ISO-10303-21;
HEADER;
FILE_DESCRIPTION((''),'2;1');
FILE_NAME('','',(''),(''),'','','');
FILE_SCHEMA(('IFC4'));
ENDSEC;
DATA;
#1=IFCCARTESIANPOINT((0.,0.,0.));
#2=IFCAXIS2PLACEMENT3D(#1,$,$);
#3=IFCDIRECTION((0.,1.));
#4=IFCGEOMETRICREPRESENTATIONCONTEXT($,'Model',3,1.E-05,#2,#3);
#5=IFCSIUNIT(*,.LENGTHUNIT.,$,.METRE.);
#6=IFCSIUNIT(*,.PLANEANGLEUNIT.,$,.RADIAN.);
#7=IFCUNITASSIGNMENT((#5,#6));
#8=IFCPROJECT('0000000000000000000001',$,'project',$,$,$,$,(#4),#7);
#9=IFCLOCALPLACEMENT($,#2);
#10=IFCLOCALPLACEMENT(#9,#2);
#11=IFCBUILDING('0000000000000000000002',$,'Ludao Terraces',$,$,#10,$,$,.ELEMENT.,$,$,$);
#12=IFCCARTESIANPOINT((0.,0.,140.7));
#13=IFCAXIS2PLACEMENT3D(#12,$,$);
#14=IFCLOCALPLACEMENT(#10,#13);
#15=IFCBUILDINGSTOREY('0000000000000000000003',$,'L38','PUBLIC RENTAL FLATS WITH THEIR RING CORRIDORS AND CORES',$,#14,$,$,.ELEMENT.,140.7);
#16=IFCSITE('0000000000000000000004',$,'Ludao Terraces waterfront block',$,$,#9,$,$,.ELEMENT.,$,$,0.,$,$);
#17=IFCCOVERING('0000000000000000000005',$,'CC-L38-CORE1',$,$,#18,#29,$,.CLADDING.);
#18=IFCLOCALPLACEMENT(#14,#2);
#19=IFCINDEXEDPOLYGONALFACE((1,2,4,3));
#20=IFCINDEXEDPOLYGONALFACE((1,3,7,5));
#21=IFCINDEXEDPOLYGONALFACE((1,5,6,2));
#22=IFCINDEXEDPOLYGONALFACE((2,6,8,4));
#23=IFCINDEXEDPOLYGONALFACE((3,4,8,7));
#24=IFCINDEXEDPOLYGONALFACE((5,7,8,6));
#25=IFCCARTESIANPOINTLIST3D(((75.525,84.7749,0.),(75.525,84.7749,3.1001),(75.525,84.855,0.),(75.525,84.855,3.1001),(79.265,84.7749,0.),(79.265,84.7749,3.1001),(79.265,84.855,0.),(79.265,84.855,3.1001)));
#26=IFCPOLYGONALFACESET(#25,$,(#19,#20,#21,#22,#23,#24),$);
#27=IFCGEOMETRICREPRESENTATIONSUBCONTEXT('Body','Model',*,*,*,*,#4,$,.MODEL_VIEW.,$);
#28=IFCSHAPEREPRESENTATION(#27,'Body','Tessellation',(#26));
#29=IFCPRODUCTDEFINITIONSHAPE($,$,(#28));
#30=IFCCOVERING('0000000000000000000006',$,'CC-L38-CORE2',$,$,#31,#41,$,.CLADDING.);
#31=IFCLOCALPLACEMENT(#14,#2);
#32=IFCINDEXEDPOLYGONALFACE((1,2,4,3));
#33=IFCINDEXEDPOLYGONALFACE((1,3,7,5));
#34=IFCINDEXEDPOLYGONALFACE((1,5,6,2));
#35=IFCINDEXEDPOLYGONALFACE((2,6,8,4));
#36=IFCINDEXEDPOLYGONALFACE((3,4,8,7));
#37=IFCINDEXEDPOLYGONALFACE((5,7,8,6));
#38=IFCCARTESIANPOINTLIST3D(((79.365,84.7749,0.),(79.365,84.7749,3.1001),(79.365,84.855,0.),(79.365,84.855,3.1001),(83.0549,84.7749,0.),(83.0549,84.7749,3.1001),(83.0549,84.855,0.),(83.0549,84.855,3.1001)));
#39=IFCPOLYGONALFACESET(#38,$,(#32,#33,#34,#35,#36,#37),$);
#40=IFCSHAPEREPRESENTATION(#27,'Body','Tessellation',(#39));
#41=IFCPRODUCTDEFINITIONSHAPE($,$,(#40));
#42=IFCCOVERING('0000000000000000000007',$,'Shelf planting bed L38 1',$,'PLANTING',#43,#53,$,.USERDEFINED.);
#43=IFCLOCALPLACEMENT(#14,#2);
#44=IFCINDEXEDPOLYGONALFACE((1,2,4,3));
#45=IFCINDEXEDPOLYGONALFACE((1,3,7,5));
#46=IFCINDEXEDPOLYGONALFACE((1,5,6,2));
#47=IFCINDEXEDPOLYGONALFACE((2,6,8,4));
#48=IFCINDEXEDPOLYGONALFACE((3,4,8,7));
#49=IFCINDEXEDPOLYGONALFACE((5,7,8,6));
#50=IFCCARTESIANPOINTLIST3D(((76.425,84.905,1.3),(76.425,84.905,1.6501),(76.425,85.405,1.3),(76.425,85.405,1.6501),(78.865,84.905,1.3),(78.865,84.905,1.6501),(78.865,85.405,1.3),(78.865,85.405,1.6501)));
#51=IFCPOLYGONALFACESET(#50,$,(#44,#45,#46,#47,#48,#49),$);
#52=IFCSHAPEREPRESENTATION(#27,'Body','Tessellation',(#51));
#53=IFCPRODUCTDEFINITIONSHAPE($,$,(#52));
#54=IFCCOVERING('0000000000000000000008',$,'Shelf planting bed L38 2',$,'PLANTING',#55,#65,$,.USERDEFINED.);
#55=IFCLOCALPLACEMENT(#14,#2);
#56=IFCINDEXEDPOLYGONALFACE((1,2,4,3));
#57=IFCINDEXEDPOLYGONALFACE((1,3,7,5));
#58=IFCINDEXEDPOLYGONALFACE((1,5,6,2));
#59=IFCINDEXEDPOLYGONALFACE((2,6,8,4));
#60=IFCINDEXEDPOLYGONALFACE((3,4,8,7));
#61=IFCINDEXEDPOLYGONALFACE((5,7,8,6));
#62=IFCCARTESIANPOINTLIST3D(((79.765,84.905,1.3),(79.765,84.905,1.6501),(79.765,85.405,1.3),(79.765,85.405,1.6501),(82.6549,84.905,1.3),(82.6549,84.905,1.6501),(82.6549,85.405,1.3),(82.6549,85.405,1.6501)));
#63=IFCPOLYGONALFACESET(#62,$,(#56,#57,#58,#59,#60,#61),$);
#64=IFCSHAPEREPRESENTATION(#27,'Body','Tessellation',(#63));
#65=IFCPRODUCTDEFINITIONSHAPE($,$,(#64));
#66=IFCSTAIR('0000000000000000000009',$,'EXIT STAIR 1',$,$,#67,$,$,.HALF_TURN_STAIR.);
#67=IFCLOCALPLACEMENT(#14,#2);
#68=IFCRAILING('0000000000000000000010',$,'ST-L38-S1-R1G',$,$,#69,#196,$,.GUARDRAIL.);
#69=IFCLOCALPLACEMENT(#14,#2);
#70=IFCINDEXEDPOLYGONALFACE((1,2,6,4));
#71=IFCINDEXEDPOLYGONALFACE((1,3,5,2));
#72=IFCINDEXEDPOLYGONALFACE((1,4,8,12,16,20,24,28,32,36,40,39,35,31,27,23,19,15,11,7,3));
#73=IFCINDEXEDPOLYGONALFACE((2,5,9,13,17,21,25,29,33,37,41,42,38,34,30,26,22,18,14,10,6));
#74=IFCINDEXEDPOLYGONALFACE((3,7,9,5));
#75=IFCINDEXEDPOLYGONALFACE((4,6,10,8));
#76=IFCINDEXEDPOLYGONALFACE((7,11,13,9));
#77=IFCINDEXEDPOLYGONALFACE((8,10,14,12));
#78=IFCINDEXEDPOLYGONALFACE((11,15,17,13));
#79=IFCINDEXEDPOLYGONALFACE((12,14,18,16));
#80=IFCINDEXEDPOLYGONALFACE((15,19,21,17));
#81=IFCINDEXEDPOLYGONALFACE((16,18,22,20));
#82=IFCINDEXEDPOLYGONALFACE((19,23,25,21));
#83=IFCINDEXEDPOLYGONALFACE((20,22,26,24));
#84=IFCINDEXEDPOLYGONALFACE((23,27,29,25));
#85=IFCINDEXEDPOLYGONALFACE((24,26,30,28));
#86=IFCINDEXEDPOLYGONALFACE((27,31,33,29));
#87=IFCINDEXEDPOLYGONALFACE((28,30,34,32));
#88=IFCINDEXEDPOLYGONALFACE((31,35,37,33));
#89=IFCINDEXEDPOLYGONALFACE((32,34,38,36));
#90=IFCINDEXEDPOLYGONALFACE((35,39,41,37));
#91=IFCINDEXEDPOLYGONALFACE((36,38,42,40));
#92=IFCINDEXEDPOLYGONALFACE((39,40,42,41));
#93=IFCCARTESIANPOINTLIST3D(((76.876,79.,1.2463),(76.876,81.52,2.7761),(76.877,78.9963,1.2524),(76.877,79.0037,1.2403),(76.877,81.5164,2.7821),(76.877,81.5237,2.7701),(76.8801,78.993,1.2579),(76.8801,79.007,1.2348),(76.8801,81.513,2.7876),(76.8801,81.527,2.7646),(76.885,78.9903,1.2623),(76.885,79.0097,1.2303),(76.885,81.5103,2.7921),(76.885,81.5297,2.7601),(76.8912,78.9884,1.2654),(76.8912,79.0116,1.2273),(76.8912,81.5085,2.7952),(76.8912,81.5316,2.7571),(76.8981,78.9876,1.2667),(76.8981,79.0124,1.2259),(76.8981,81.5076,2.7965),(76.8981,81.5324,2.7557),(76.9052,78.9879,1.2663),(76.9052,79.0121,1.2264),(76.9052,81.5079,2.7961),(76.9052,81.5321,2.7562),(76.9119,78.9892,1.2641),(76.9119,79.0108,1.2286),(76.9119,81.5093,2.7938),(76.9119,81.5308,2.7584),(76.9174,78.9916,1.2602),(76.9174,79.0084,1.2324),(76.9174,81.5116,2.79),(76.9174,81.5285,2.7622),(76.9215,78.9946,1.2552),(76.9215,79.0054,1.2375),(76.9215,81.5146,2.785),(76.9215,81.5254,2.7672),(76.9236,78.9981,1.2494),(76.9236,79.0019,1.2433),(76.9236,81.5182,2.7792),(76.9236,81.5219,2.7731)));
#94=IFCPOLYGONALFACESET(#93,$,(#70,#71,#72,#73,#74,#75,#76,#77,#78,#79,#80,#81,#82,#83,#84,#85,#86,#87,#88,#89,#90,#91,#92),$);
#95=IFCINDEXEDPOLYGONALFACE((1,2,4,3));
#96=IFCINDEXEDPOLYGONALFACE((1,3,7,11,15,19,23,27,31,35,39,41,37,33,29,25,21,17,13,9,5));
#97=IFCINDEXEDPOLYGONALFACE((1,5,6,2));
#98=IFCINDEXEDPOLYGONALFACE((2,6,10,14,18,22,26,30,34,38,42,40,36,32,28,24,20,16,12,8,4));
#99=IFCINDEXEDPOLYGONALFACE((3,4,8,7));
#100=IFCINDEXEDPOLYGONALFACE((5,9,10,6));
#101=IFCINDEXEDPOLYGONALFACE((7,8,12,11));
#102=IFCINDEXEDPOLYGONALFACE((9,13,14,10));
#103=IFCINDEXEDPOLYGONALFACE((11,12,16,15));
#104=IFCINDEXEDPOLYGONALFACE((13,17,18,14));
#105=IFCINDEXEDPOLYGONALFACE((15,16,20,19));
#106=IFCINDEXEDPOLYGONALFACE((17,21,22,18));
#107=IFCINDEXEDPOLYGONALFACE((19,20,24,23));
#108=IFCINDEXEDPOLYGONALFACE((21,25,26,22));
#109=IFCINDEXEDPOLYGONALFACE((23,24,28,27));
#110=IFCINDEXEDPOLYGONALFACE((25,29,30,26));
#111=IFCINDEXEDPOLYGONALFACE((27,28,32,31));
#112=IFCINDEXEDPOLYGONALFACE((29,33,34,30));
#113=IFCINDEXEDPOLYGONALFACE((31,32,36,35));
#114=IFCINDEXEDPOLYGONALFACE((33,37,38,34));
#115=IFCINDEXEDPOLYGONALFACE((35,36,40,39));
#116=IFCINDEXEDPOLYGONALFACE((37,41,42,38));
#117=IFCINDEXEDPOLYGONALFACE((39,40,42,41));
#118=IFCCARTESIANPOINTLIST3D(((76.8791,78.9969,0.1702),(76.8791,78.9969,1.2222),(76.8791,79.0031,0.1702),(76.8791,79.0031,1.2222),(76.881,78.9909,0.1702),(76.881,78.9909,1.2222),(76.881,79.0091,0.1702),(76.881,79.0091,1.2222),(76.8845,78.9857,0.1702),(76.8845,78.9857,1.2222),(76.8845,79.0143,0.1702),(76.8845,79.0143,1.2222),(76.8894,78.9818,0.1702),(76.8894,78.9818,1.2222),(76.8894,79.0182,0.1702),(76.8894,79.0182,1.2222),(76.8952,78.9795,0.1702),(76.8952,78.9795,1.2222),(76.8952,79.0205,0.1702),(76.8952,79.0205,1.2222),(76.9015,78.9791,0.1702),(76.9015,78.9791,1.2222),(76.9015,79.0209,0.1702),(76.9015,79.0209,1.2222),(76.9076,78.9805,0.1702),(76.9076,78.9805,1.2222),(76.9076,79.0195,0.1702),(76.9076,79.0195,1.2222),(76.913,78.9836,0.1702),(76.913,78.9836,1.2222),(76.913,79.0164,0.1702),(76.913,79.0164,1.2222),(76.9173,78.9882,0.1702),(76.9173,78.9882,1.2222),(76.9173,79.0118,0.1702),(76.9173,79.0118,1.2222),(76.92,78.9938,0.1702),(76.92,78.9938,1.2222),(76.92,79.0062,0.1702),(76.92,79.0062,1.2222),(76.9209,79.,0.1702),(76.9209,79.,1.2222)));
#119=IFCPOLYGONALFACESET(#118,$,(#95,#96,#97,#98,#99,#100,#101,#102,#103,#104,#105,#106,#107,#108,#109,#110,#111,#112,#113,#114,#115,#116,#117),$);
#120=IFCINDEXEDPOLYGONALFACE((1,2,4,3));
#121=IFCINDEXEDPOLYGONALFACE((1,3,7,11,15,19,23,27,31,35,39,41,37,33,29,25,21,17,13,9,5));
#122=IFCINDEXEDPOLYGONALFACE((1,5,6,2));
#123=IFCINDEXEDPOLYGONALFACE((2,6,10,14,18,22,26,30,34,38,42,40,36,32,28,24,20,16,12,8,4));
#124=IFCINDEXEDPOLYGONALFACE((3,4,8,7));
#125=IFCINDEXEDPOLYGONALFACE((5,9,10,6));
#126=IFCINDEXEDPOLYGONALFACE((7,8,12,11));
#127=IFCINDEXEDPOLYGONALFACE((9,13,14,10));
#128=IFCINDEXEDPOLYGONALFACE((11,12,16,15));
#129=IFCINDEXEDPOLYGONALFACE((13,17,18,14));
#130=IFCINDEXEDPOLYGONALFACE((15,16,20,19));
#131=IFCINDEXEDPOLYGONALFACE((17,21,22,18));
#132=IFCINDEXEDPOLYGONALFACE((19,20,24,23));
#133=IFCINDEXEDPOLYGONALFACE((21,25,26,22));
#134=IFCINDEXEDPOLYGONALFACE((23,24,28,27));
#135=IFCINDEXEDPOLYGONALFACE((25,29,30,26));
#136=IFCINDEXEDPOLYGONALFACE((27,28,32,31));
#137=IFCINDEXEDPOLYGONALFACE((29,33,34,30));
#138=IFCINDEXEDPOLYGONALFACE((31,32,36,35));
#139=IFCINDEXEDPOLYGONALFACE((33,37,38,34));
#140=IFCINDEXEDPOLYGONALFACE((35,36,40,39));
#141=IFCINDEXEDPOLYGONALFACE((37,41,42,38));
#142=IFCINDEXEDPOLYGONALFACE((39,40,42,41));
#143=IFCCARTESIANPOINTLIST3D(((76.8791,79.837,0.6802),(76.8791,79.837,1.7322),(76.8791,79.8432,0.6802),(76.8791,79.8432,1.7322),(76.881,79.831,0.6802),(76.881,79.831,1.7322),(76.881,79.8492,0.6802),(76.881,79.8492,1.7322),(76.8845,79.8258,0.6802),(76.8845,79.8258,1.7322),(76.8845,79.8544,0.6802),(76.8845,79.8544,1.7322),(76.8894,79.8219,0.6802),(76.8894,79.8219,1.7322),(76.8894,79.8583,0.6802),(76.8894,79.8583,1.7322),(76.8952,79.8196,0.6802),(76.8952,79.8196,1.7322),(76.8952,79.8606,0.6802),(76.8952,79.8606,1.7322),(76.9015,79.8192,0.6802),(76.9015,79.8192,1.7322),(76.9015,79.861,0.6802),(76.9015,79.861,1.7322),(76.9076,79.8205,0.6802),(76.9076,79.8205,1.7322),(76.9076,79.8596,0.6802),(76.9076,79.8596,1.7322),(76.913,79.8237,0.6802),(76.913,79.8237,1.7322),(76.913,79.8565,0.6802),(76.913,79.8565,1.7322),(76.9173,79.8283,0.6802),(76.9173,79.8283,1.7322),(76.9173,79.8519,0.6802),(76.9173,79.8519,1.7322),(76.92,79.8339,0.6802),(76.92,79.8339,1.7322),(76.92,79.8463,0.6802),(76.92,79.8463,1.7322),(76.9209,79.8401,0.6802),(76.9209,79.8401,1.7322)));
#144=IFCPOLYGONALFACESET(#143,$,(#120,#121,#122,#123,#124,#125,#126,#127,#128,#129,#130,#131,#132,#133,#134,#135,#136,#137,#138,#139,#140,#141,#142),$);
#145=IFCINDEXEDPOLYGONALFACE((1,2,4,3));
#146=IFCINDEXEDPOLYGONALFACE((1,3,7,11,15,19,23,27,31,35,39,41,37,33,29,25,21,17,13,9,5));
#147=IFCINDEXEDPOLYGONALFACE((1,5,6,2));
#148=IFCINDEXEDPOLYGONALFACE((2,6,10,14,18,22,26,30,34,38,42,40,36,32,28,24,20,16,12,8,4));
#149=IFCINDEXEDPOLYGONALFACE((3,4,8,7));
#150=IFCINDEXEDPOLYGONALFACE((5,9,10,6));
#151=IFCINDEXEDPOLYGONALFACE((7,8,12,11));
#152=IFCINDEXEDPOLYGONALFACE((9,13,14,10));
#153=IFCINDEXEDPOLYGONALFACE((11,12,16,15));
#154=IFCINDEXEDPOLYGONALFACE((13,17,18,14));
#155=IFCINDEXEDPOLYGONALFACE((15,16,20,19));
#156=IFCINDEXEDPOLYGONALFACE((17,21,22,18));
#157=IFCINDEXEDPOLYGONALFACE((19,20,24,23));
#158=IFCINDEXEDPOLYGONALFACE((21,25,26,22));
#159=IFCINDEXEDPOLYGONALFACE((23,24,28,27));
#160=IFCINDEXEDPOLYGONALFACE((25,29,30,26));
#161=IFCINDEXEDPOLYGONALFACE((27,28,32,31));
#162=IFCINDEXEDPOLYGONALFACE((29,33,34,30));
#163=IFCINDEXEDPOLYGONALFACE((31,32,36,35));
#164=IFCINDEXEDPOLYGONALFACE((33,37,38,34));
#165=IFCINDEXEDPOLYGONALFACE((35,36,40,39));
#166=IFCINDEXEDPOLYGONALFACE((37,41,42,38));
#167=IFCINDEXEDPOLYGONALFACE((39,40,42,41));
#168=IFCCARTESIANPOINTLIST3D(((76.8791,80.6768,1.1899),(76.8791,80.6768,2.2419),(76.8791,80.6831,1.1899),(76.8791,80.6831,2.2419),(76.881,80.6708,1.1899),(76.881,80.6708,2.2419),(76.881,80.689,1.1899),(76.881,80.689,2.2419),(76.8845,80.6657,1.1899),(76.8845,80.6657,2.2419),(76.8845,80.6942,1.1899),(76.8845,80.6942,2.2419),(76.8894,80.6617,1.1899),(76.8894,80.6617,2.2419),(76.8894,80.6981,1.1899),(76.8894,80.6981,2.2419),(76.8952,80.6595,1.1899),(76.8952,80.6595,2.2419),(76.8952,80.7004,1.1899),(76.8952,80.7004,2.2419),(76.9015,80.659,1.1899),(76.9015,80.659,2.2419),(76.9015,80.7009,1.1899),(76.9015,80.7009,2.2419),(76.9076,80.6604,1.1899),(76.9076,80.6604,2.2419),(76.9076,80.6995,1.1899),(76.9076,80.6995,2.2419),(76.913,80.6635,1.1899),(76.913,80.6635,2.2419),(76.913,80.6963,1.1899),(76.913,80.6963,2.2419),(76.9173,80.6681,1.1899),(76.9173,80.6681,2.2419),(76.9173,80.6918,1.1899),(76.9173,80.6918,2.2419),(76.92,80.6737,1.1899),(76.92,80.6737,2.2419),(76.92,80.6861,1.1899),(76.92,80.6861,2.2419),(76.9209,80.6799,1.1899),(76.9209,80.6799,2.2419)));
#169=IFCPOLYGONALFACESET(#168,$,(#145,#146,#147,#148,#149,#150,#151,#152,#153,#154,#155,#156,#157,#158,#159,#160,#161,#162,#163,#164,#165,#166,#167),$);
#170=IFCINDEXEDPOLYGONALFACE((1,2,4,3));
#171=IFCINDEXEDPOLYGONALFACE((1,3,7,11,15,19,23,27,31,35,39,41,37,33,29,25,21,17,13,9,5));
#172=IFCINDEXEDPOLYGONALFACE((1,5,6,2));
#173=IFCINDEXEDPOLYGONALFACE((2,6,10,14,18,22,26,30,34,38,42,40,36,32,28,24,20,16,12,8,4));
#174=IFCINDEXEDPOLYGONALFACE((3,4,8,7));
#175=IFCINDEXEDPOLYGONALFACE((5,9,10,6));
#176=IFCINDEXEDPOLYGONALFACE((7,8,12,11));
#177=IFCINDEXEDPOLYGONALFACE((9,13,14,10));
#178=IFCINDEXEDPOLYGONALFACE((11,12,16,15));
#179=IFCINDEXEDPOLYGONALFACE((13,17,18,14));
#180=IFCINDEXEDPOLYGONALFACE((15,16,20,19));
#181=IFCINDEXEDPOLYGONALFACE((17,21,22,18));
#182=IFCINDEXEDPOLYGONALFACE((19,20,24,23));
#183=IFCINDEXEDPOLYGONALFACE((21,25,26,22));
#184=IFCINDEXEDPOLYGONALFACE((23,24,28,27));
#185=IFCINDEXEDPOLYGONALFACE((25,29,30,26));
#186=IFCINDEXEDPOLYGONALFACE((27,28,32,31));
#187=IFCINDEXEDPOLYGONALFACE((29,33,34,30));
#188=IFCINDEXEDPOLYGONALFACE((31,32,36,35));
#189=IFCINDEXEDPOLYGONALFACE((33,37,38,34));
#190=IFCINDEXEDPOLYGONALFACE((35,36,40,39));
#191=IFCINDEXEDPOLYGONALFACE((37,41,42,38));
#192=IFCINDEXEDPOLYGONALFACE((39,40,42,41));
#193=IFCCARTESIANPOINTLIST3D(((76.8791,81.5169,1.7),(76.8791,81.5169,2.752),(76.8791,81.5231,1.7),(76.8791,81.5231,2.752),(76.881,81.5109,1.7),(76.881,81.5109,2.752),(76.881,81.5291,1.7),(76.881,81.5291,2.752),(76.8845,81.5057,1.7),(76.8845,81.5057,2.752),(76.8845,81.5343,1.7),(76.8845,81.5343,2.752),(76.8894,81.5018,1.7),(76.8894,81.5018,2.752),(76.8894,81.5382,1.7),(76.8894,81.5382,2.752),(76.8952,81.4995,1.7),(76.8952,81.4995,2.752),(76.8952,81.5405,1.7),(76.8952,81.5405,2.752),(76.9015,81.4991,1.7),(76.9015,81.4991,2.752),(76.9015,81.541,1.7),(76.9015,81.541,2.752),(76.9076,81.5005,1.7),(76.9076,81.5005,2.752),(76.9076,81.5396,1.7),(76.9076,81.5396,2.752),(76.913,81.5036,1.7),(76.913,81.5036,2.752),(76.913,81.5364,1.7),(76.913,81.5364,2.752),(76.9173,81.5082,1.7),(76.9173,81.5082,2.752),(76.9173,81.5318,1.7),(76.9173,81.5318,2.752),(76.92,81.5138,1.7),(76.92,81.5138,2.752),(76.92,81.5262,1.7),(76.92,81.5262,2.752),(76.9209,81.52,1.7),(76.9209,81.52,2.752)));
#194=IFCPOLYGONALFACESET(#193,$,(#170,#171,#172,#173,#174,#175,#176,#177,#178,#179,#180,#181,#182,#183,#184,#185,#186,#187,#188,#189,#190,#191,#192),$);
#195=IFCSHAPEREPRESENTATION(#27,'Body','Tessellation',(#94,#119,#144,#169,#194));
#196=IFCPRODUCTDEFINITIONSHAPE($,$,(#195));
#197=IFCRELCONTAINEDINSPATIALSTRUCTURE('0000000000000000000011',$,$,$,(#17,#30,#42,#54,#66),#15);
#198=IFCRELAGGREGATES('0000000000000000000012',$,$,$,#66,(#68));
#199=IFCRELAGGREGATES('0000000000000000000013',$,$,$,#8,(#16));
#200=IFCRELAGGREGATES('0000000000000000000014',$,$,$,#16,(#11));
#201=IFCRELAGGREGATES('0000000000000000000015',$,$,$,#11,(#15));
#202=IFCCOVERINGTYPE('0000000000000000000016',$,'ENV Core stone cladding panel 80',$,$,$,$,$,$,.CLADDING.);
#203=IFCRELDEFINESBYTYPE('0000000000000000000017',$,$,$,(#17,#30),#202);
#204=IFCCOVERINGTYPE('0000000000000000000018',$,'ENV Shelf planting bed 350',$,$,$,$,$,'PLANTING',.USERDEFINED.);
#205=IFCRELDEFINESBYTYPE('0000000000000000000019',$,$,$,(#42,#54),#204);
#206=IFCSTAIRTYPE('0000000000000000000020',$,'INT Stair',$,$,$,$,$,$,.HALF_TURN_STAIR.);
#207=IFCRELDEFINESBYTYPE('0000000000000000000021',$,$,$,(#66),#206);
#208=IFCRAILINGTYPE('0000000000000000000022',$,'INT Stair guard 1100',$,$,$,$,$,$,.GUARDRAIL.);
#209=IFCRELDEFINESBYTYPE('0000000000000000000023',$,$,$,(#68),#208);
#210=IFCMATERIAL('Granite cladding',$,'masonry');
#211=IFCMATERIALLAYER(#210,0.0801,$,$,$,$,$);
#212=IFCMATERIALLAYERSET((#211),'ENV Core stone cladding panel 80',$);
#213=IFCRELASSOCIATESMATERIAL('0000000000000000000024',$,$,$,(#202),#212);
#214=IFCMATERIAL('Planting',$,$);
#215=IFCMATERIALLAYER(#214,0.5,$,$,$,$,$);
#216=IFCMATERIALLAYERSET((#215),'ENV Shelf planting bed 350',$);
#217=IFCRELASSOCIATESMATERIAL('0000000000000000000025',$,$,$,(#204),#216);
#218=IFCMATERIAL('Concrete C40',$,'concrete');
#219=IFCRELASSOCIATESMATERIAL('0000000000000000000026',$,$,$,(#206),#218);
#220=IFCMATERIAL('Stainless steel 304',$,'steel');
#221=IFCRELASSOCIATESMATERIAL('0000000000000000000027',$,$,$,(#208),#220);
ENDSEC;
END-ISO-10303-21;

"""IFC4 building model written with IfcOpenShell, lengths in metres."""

from ifc_helpers import new_model, si_unit, direction, frame, origin, origin_2d, place, context, subcontext, project, spatial, rectangle, circle, extrude, material, layer, layer_set, type_object, element, aggregate, save


model = new_model("IFC4")

# Units and contexts
model_context = context("Model", 3, precision=1e-05, world=origin(), true_north=direction((0.0, 1.0)))
body_context = subcontext(model_context, "Body", "Model", "MODEL_VIEW")
ifc_project = project(units=[si_unit("LENGTHUNIT", "METRE"), si_unit("PLANEANGLEUNIT", "RADIAN")], contexts=[model_context])

# Site, building, storey
site_placement = place(None, origin())
site = spatial("IfcSite", under=ifc_project, at=site_placement, Name="Ludao Terraces waterfront block", CompositionType="ELEMENT", RefElevation=0.0)
building_placement = place(site_placement, origin())
building = spatial("IfcBuilding", under=site, at=building_placement, Name="Ludao Terraces", CompositionType="ELEMENT")
storey_placement = place(building_placement, frame((0.0, 0.0, 140.7)))
storey = spatial("IfcBuildingStorey", under=building, at=storey_placement, Name="L38", Description="PUBLIC RENTAL FLATS WITH THEIR RING CORRIDORS AND CORES", CompositionType="ELEMENT", Elevation=140.7)

# Shared definitions
ifc_material_1 = material(Name="Stainless steel 304", Category="steel")

# Coverings
ifc_material_2 = material(Name="Granite cladding", Category="masonry")
ifc_layer_1 = layer(ifc_material_2, 0.0801)
ifc_layer_set_1 = layer_set([ifc_layer_1], Name="ENV Core stone cladding panel 80")
covering_type_1 = type_object("IfcCoveringType", Name="ENV Core stone cladding panel 80", PredefinedType="CLADDING", material=ifc_layer_set_1)
covering_1_placement = place(storey_placement, frame((77.395, 84.8149, 0.0), z_axis=(0.0, 0.0, 1.0), x_axis=(1.0, 0.0, 0.0)))
element("IfcCovering", 1, at=covering_1_placement, inside=storey, type_object=covering_type_1, Name="CC-L38-CORE1", PredefinedType="CLADDING", context=body_context, shape_type="SweptSolid", body=[
    extrude(rectangle(XDim=3.74, YDim=0.0801, at=origin_2d()), origin(), (0.0, 0.0, 1.0), 3.1001),
])
covering_2_placement = place(storey_placement, frame((81.21, 84.8149, 0.0), z_axis=(0.0, 0.0, 1.0), x_axis=(1.0, 0.0, 0.0)))
element("IfcCovering", 2, at=covering_2_placement, inside=storey, type_object=covering_type_1, Name="CC-L38-CORE2", PredefinedType="CLADDING", context=body_context, shape_type="SweptSolid", body=[
    extrude(rectangle(XDim=3.6899, YDim=0.0801, at=origin_2d()), origin(), (0.0, 0.0, 1.0), 3.1001),
])
ifc_material_3 = material(Name="Planting")
ifc_layer_2 = layer(ifc_material_3, 0.5)
ifc_layer_set_2 = layer_set([ifc_layer_2], Name="ENV Shelf planting bed 350")
covering_type_2 = type_object("IfcCoveringType", Name="ENV Shelf planting bed 350", ElementType="PLANTING", PredefinedType="USERDEFINED", material=ifc_layer_set_2)
covering_3_placement = place(storey_placement, frame((77.645, 85.155, 1.3), z_axis=(0.0, 0.0, 1.0), x_axis=(1.0, 0.0, 0.0)))
element("IfcCovering", 3, at=covering_3_placement, inside=storey, type_object=covering_type_2, Name="Shelf planting bed L38 1", ObjectType="PLANTING", PredefinedType="USERDEFINED", context=body_context, shape_type="SweptSolid", body=[
    extrude(rectangle(XDim=2.4399, YDim=0.5, at=origin_2d()), origin(), (0.0, 0.0, 1.0), 0.3501),
])
covering_4_placement = place(storey_placement, frame((81.21, 85.155, 1.3), z_axis=(0.0, 0.0, 1.0), x_axis=(1.0, 0.0, 0.0)))
element("IfcCovering", 4, at=covering_4_placement, inside=storey, type_object=covering_type_2, Name="Shelf planting bed L38 2", ObjectType="PLANTING", PredefinedType="USERDEFINED", context=body_context, shape_type="SweptSolid", body=[
    extrude(rectangle(XDim=2.8899, YDim=0.5, at=origin_2d()), origin(), (0.0, 0.0, 1.0), 0.3501),
])

# Stair, railing
ifc_material_4 = material(Name="Concrete C40", Category="concrete")
stair_type = type_object("IfcStairType", Name="INT Stair", PredefinedType="HALF_TURN_STAIR", material=ifc_material_4)
stair_placement = place(storey_placement, origin())
stair = element("IfcStair", 5, at=stair_placement, inside=storey, type_object=stair_type, Name="EXIT STAIR 1", PredefinedType="HALF_TURN_STAIR")
railing_type_1 = type_object("IfcRailingType", Name="INT Stair guard 1100", PredefinedType="GUARDRAIL", material=ifc_material_1)
railing_1_placement = place(storey_placement, frame((76.8999, 79.0, 0.1702)))
railing_1 = element("IfcRailing", 6, at=railing_1_placement, type_object=railing_type_1, Name="ST-L38-S1-R1G", PredefinedType="GUARDRAIL", context=body_context, shape_type="SweptSolid", body=[
    extrude(circle(Radius=0.0239, at=origin_2d()), frame((0.0, 0.0, 1.0762), z_axis=(0.0, 0.854822, 0.518922), x_axis=(-1.0, 0.0, 0.0)), (0.0, 0.0, 1.0), 2.948),
    extrude(circle(Radius=0.021, at=origin_2d()), origin(), (0.0, 0.0, 1.0), 1.052),
    extrude(circle(Radius=0.021, at=origin_2d()), frame((0.0, 0.8401, 0.51)), (0.0, 0.0, 1.0), 1.052),
    extrude(circle(Radius=0.021, at=origin_2d()), frame((0.0, 1.6799, 1.0198)), (0.0, 0.0, 1.0), 1.052),
    extrude(circle(Radius=0.021, at=origin_2d()), frame((0.0, 2.52, 1.5298)), (0.0, 0.0, 1.0), 1.052),
])
aggregate(stair, [railing_1])

save(model, "model.ifc")
